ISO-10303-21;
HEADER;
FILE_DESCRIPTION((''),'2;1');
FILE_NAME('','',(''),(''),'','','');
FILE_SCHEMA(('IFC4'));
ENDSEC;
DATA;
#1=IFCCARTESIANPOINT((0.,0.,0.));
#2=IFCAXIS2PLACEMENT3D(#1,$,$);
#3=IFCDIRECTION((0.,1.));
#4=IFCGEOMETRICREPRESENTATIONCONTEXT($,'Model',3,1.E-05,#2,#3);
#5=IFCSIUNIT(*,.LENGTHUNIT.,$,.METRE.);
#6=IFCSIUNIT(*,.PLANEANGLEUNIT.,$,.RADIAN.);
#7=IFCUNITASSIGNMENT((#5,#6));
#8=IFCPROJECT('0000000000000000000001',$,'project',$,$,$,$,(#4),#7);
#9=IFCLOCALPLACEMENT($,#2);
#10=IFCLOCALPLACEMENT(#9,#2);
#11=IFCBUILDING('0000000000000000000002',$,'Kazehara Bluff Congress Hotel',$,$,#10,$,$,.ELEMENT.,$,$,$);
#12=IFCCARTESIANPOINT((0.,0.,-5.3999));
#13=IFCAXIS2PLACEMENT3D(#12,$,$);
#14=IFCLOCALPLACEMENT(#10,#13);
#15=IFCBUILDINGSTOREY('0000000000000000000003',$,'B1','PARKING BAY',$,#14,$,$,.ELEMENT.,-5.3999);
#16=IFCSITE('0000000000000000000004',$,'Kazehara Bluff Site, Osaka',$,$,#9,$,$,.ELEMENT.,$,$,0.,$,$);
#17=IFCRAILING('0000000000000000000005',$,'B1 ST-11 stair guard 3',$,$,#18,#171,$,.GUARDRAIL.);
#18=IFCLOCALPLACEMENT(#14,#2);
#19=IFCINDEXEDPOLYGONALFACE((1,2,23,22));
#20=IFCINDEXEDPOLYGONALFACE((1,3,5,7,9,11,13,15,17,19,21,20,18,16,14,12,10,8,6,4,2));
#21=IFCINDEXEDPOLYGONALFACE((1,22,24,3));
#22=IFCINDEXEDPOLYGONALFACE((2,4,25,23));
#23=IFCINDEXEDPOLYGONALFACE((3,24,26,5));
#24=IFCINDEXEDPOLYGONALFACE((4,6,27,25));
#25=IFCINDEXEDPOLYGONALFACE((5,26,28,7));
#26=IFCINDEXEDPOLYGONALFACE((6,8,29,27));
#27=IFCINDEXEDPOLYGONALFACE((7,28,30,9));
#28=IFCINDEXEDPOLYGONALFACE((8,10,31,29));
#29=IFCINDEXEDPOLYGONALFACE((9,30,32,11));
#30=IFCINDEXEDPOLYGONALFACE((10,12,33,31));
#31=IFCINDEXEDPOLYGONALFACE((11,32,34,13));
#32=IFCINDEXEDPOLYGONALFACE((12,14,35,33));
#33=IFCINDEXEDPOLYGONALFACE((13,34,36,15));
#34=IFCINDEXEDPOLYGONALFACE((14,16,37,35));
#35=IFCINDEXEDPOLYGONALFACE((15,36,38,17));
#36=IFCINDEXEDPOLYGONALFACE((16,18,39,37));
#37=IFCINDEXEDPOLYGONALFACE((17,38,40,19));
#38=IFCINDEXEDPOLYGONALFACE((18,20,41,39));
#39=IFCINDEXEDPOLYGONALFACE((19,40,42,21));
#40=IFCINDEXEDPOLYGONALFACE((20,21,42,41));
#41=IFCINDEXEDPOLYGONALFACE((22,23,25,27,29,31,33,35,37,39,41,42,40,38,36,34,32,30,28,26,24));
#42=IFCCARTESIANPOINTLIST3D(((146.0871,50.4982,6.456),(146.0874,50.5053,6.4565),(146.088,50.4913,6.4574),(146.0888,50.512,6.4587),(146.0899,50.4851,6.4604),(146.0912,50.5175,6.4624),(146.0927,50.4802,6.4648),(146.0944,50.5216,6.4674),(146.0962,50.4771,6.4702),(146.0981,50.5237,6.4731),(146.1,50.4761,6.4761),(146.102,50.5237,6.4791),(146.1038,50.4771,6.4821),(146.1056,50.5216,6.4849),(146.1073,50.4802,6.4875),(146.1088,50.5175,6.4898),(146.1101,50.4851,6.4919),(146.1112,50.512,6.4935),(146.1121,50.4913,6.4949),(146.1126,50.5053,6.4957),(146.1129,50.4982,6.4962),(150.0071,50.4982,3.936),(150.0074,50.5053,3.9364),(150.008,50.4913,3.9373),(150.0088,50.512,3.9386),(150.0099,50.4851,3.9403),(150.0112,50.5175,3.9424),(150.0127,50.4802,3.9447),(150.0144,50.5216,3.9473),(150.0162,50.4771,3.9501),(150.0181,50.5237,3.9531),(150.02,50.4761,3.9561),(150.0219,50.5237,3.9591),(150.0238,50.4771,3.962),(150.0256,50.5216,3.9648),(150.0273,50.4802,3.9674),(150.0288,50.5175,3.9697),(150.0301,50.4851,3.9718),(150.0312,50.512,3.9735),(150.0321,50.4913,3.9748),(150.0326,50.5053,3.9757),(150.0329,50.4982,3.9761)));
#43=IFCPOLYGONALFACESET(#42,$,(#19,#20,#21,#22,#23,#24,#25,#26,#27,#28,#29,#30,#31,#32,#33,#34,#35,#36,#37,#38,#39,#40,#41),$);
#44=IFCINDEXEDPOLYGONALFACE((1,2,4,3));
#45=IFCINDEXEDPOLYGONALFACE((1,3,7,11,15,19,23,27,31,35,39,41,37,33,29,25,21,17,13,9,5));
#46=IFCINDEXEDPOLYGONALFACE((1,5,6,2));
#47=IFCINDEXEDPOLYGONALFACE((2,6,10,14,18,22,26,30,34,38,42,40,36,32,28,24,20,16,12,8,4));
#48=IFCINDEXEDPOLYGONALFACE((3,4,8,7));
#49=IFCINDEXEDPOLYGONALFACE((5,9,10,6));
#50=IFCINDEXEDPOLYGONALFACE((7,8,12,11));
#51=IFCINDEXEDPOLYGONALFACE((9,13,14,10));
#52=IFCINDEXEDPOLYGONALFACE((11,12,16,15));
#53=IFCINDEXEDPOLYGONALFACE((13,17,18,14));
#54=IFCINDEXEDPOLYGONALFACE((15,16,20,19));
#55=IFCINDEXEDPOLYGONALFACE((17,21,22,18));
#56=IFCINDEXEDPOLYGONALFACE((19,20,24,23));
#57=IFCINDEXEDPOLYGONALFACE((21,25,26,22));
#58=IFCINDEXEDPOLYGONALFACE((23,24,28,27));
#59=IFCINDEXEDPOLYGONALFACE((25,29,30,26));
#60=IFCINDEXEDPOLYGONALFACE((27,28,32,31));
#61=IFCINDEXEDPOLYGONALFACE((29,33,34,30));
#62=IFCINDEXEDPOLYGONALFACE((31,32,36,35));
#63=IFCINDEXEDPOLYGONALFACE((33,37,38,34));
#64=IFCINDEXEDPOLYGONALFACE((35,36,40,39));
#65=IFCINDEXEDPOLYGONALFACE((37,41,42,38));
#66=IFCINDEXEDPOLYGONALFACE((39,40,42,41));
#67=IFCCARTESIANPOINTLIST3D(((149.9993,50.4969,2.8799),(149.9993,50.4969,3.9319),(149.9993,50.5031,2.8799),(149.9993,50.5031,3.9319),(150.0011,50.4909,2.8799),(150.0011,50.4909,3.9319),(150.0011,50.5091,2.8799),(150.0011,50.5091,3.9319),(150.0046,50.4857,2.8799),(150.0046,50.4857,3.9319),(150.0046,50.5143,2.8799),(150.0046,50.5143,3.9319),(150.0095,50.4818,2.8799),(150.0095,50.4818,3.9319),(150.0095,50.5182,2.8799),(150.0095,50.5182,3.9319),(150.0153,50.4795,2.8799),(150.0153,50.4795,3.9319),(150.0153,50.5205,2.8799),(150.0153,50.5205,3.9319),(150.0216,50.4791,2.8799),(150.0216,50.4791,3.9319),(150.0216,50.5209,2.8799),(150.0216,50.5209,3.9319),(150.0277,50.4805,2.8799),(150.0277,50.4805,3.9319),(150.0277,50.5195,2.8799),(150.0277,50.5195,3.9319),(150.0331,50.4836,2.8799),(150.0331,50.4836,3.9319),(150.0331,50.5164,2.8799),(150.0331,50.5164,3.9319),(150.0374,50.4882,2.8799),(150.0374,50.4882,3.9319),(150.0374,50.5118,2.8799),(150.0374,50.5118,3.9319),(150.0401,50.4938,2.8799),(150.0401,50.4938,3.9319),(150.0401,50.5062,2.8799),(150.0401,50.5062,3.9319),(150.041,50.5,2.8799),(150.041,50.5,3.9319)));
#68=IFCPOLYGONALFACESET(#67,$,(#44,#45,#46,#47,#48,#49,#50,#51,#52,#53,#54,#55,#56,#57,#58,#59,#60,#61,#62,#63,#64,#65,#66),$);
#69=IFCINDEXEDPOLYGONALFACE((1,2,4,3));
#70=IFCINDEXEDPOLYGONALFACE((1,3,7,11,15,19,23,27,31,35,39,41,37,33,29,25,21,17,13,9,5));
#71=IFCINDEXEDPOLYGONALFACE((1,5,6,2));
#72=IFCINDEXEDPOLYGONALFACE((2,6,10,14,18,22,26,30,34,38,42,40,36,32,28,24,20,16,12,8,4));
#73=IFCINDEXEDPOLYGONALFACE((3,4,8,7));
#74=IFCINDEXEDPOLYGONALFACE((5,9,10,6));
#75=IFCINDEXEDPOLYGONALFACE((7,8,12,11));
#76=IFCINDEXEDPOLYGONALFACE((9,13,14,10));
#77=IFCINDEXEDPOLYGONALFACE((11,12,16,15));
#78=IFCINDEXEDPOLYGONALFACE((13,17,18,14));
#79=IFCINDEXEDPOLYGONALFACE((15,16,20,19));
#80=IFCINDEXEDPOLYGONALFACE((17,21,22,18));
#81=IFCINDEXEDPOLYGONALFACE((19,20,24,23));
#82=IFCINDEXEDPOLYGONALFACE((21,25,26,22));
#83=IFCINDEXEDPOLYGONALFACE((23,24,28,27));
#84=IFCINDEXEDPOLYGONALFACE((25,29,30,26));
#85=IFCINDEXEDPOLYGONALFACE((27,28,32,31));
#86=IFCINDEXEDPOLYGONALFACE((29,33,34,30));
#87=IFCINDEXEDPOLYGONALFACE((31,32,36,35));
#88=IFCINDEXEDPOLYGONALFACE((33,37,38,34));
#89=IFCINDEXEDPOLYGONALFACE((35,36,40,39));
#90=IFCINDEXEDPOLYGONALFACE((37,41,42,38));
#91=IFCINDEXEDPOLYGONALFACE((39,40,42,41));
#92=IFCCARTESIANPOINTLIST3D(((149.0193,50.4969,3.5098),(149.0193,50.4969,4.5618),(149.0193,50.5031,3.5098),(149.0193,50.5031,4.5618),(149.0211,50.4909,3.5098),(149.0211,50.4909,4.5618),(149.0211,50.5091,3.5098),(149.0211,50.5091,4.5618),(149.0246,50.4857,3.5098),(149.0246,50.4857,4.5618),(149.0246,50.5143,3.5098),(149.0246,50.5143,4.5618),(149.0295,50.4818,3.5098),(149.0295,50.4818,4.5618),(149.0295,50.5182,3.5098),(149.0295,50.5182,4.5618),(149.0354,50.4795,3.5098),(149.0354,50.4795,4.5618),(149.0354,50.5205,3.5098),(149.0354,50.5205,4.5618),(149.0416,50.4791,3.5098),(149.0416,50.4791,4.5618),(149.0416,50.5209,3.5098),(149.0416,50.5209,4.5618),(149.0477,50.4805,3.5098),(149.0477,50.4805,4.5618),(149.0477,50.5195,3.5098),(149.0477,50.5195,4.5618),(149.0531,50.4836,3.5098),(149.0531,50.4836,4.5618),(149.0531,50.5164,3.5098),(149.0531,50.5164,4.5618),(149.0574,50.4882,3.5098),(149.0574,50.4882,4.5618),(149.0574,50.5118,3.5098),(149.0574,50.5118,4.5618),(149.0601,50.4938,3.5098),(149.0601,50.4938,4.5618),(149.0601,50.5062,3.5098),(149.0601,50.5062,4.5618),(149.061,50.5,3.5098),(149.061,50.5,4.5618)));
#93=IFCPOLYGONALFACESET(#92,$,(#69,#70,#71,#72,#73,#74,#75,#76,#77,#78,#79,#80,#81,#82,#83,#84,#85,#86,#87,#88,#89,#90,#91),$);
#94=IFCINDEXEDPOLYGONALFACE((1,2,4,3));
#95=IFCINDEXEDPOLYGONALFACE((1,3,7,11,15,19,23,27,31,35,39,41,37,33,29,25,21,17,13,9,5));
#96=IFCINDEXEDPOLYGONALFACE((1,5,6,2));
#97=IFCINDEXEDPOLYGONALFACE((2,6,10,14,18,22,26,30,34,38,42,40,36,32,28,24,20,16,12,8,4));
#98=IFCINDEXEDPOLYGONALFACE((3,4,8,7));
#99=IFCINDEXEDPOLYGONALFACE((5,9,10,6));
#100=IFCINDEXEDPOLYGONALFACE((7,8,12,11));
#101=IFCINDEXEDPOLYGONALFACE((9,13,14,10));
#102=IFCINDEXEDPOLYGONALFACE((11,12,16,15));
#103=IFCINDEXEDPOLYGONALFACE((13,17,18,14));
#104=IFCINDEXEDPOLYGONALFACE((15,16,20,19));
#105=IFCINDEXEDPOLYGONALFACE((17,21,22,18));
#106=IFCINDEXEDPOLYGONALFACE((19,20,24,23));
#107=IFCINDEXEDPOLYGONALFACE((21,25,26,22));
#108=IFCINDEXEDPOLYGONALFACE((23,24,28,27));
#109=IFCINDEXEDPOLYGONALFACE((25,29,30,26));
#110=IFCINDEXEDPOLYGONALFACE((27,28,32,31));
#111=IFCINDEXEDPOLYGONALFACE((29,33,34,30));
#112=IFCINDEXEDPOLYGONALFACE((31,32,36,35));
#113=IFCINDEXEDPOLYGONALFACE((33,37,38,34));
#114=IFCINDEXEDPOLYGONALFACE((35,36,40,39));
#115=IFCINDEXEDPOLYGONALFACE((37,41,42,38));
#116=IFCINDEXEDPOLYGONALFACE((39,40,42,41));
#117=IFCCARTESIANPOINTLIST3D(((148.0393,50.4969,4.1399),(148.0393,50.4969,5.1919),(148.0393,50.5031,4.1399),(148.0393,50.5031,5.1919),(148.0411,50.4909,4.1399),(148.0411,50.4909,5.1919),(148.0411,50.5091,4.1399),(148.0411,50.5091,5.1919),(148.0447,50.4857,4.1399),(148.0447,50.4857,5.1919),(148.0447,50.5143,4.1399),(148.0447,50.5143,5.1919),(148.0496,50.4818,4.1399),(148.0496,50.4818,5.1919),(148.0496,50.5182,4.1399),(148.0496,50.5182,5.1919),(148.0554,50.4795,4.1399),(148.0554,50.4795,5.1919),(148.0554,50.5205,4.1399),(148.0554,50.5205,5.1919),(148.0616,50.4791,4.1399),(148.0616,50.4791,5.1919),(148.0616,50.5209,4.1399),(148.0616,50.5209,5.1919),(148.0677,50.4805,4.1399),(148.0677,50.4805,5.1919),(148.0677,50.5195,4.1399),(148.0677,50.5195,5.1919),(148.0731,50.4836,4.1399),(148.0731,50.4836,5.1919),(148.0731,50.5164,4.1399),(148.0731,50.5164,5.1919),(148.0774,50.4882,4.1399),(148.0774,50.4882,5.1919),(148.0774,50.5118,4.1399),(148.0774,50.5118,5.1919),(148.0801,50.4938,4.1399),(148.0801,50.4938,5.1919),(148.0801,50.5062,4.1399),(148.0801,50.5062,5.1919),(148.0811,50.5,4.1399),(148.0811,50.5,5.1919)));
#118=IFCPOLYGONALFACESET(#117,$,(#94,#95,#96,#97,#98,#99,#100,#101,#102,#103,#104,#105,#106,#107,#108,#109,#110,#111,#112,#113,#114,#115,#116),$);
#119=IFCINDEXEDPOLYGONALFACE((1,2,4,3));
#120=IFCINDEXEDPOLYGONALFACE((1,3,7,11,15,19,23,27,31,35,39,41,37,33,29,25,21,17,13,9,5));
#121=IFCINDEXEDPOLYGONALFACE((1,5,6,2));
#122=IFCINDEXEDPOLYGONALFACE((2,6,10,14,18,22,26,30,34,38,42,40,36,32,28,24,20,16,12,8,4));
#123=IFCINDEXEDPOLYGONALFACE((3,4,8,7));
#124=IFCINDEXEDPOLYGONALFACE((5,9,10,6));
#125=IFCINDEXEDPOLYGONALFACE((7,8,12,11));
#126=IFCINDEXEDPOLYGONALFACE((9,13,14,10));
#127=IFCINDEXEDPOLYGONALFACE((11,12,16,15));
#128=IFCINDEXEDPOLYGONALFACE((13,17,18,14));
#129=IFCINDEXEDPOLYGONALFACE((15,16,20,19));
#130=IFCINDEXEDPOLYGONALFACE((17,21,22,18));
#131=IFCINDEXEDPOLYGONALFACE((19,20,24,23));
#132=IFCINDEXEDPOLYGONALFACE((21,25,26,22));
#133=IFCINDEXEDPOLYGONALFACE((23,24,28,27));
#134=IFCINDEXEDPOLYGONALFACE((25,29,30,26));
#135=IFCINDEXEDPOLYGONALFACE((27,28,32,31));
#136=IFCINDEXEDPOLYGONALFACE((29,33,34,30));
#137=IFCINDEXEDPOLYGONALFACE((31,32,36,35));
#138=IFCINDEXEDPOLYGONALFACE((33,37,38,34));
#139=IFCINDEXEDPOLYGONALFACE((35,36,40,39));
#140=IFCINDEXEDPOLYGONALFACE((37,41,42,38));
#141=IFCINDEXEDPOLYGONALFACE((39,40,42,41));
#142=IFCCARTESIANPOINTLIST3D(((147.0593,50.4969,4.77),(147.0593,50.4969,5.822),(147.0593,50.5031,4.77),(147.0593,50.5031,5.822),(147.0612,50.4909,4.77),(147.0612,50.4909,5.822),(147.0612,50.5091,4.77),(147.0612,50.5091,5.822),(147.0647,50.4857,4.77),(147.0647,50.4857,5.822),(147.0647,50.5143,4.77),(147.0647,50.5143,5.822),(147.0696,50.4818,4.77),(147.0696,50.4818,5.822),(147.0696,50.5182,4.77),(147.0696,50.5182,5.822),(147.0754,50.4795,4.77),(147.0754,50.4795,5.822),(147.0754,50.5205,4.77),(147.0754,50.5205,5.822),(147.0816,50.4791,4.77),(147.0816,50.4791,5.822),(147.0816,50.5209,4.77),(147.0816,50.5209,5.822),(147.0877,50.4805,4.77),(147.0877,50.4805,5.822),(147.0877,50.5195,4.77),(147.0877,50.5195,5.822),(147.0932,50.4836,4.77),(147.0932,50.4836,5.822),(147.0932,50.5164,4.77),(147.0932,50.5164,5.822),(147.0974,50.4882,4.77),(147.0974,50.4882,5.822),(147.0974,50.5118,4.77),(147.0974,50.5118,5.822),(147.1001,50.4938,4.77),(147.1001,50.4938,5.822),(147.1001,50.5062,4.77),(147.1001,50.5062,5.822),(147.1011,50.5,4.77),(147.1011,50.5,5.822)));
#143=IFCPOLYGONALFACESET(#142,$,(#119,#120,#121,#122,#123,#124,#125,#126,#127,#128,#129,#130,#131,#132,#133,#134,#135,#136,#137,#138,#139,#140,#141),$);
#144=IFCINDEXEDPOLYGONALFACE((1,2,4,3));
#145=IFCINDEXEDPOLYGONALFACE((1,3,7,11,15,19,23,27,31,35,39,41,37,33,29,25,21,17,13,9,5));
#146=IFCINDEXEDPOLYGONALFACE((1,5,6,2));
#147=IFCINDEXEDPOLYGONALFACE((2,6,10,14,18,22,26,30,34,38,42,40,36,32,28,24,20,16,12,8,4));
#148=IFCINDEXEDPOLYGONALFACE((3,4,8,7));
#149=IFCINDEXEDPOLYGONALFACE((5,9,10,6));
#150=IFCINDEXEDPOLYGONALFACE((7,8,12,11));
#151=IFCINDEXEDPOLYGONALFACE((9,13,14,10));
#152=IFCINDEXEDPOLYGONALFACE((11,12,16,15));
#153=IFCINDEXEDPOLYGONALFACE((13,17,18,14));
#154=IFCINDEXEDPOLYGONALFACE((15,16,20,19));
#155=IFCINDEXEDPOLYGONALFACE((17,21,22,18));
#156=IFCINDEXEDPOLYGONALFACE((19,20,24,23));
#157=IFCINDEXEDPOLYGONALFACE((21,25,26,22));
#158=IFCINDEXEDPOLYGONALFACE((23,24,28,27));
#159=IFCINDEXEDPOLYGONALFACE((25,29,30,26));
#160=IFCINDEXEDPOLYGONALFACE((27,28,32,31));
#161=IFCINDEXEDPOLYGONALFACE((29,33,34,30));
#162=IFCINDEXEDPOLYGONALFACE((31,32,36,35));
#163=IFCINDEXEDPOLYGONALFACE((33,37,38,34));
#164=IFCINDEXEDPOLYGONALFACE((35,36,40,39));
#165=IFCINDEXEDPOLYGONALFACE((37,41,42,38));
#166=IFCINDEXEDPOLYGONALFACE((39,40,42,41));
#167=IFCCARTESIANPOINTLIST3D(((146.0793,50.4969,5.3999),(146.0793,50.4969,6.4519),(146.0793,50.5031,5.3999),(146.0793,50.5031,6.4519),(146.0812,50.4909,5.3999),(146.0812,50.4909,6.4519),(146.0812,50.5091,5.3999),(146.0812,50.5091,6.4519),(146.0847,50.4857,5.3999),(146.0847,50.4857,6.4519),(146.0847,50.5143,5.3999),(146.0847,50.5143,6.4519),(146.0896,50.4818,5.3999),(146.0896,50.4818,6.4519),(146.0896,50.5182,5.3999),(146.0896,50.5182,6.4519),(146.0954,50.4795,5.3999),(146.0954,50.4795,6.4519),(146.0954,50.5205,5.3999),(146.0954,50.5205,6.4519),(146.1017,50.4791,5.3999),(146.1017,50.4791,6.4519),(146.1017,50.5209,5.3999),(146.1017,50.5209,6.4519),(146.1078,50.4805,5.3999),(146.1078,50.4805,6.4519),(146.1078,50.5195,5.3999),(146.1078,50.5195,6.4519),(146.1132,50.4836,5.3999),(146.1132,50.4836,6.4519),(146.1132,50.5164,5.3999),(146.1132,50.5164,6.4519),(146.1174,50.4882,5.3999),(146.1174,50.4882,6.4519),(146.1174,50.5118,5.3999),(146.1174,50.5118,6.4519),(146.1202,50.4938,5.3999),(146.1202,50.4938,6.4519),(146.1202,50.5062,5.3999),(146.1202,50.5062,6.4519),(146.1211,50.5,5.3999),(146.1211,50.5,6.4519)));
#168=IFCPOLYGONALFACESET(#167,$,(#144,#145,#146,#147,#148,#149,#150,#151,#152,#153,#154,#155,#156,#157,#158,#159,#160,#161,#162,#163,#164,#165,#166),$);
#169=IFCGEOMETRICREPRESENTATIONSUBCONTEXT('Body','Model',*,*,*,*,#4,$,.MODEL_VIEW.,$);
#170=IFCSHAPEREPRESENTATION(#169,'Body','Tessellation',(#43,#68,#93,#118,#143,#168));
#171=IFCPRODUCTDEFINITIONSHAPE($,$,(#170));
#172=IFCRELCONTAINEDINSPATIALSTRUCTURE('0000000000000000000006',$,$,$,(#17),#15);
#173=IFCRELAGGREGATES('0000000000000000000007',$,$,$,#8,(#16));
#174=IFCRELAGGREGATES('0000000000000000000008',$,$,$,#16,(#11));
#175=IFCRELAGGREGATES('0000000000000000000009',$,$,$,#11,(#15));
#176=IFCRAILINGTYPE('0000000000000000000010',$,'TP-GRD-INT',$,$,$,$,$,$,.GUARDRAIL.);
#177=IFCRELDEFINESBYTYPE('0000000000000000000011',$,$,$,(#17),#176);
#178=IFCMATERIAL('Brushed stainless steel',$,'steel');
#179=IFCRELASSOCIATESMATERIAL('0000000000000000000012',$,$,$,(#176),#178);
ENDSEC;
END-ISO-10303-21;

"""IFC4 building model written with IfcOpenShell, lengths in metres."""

from ifc_helpers import new_model, si_unit, direction, frame, origin, origin_2d, place, context, subcontext, project, spatial, circle, extrude, material, type_object, element, save


model = new_model("IFC4")

# Units and contexts
model_context = context("Model", 3, precision=1e-05, world=origin(), true_north=direction((0.0, 1.0)))
body_context = subcontext(model_context, "Body", "Model", "MODEL_VIEW")
ifc_project = project(units=[si_unit("LENGTHUNIT", "METRE"), si_unit("PLANEANGLEUNIT", "RADIAN")], contexts=[model_context])

# Site, building, storey
site_placement = place(None, origin())
site = spatial("IfcSite", under=ifc_project, at=site_placement, Name="Kazehara Bluff Site, Osaka", CompositionType="ELEMENT", RefElevation=0.0)
building_placement = place(site_placement, origin())
building = spatial("IfcBuilding", under=site, at=building_placement, Name="Kazehara Bluff Congress Hotel", CompositionType="ELEMENT")
storey_placement = place(building_placement, frame((0.0, 0.0, -5.3999)))
storey = spatial("IfcBuildingStorey", under=building, at=storey_placement, Name="B1", Description="PARKING BAY", CompositionType="ELEMENT", Elevation=-5.3999)

# Railing
ifc_material_1 = material(Name="Brushed stainless steel", Category="steel")
railing_type_1 = type_object("IfcRailingType", Name="TP-GRD-INT", PredefinedType="GUARDRAIL", material=ifc_material_1)
railing_1_placement = place(storey_placement, frame((150.02, 50.5, 2.8799)))
element("IfcRailing", 1, at=railing_1_placement, inside=storey, type_object=railing_type_1, Name="B1 ST-11 stair guard 3", PredefinedType="GUARDRAIL", context=body_context, shape_type="SweptSolid", body=[
    extrude(circle(Radius=0.0239, at=origin_2d()), frame((0.0, 0.0, 1.0762), z_axis=(-0.841172, 0.0, 0.540768), x_axis=(0.0, -1.0, 0.0)), (0.0, 0.0, 1.0), 4.6602),
    extrude(circle(Radius=0.021, at=origin_2d()), origin(), (0.0, 0.0, 1.0), 1.052),
    extrude(circle(Radius=0.021, at=origin_2d()), frame((-0.98, 0.0, 0.6299)), (0.0, 0.0, 1.0), 1.052),
    extrude(circle(Radius=0.021, at=origin_2d()), frame((-1.96, 0.0, 1.26)), (0.0, 0.0, 1.0), 1.052),
    extrude(circle(Radius=0.021, at=origin_2d()), frame((-2.9399, 0.0, 1.8901)), (0.0, 0.0, 1.0), 1.052),
    extrude(circle(Radius=0.021, at=origin_2d()), frame((-3.9199, 0.0, 2.52)), (0.0, 0.0, 1.0), 1.052),
])

save(model, "model.ifc")
